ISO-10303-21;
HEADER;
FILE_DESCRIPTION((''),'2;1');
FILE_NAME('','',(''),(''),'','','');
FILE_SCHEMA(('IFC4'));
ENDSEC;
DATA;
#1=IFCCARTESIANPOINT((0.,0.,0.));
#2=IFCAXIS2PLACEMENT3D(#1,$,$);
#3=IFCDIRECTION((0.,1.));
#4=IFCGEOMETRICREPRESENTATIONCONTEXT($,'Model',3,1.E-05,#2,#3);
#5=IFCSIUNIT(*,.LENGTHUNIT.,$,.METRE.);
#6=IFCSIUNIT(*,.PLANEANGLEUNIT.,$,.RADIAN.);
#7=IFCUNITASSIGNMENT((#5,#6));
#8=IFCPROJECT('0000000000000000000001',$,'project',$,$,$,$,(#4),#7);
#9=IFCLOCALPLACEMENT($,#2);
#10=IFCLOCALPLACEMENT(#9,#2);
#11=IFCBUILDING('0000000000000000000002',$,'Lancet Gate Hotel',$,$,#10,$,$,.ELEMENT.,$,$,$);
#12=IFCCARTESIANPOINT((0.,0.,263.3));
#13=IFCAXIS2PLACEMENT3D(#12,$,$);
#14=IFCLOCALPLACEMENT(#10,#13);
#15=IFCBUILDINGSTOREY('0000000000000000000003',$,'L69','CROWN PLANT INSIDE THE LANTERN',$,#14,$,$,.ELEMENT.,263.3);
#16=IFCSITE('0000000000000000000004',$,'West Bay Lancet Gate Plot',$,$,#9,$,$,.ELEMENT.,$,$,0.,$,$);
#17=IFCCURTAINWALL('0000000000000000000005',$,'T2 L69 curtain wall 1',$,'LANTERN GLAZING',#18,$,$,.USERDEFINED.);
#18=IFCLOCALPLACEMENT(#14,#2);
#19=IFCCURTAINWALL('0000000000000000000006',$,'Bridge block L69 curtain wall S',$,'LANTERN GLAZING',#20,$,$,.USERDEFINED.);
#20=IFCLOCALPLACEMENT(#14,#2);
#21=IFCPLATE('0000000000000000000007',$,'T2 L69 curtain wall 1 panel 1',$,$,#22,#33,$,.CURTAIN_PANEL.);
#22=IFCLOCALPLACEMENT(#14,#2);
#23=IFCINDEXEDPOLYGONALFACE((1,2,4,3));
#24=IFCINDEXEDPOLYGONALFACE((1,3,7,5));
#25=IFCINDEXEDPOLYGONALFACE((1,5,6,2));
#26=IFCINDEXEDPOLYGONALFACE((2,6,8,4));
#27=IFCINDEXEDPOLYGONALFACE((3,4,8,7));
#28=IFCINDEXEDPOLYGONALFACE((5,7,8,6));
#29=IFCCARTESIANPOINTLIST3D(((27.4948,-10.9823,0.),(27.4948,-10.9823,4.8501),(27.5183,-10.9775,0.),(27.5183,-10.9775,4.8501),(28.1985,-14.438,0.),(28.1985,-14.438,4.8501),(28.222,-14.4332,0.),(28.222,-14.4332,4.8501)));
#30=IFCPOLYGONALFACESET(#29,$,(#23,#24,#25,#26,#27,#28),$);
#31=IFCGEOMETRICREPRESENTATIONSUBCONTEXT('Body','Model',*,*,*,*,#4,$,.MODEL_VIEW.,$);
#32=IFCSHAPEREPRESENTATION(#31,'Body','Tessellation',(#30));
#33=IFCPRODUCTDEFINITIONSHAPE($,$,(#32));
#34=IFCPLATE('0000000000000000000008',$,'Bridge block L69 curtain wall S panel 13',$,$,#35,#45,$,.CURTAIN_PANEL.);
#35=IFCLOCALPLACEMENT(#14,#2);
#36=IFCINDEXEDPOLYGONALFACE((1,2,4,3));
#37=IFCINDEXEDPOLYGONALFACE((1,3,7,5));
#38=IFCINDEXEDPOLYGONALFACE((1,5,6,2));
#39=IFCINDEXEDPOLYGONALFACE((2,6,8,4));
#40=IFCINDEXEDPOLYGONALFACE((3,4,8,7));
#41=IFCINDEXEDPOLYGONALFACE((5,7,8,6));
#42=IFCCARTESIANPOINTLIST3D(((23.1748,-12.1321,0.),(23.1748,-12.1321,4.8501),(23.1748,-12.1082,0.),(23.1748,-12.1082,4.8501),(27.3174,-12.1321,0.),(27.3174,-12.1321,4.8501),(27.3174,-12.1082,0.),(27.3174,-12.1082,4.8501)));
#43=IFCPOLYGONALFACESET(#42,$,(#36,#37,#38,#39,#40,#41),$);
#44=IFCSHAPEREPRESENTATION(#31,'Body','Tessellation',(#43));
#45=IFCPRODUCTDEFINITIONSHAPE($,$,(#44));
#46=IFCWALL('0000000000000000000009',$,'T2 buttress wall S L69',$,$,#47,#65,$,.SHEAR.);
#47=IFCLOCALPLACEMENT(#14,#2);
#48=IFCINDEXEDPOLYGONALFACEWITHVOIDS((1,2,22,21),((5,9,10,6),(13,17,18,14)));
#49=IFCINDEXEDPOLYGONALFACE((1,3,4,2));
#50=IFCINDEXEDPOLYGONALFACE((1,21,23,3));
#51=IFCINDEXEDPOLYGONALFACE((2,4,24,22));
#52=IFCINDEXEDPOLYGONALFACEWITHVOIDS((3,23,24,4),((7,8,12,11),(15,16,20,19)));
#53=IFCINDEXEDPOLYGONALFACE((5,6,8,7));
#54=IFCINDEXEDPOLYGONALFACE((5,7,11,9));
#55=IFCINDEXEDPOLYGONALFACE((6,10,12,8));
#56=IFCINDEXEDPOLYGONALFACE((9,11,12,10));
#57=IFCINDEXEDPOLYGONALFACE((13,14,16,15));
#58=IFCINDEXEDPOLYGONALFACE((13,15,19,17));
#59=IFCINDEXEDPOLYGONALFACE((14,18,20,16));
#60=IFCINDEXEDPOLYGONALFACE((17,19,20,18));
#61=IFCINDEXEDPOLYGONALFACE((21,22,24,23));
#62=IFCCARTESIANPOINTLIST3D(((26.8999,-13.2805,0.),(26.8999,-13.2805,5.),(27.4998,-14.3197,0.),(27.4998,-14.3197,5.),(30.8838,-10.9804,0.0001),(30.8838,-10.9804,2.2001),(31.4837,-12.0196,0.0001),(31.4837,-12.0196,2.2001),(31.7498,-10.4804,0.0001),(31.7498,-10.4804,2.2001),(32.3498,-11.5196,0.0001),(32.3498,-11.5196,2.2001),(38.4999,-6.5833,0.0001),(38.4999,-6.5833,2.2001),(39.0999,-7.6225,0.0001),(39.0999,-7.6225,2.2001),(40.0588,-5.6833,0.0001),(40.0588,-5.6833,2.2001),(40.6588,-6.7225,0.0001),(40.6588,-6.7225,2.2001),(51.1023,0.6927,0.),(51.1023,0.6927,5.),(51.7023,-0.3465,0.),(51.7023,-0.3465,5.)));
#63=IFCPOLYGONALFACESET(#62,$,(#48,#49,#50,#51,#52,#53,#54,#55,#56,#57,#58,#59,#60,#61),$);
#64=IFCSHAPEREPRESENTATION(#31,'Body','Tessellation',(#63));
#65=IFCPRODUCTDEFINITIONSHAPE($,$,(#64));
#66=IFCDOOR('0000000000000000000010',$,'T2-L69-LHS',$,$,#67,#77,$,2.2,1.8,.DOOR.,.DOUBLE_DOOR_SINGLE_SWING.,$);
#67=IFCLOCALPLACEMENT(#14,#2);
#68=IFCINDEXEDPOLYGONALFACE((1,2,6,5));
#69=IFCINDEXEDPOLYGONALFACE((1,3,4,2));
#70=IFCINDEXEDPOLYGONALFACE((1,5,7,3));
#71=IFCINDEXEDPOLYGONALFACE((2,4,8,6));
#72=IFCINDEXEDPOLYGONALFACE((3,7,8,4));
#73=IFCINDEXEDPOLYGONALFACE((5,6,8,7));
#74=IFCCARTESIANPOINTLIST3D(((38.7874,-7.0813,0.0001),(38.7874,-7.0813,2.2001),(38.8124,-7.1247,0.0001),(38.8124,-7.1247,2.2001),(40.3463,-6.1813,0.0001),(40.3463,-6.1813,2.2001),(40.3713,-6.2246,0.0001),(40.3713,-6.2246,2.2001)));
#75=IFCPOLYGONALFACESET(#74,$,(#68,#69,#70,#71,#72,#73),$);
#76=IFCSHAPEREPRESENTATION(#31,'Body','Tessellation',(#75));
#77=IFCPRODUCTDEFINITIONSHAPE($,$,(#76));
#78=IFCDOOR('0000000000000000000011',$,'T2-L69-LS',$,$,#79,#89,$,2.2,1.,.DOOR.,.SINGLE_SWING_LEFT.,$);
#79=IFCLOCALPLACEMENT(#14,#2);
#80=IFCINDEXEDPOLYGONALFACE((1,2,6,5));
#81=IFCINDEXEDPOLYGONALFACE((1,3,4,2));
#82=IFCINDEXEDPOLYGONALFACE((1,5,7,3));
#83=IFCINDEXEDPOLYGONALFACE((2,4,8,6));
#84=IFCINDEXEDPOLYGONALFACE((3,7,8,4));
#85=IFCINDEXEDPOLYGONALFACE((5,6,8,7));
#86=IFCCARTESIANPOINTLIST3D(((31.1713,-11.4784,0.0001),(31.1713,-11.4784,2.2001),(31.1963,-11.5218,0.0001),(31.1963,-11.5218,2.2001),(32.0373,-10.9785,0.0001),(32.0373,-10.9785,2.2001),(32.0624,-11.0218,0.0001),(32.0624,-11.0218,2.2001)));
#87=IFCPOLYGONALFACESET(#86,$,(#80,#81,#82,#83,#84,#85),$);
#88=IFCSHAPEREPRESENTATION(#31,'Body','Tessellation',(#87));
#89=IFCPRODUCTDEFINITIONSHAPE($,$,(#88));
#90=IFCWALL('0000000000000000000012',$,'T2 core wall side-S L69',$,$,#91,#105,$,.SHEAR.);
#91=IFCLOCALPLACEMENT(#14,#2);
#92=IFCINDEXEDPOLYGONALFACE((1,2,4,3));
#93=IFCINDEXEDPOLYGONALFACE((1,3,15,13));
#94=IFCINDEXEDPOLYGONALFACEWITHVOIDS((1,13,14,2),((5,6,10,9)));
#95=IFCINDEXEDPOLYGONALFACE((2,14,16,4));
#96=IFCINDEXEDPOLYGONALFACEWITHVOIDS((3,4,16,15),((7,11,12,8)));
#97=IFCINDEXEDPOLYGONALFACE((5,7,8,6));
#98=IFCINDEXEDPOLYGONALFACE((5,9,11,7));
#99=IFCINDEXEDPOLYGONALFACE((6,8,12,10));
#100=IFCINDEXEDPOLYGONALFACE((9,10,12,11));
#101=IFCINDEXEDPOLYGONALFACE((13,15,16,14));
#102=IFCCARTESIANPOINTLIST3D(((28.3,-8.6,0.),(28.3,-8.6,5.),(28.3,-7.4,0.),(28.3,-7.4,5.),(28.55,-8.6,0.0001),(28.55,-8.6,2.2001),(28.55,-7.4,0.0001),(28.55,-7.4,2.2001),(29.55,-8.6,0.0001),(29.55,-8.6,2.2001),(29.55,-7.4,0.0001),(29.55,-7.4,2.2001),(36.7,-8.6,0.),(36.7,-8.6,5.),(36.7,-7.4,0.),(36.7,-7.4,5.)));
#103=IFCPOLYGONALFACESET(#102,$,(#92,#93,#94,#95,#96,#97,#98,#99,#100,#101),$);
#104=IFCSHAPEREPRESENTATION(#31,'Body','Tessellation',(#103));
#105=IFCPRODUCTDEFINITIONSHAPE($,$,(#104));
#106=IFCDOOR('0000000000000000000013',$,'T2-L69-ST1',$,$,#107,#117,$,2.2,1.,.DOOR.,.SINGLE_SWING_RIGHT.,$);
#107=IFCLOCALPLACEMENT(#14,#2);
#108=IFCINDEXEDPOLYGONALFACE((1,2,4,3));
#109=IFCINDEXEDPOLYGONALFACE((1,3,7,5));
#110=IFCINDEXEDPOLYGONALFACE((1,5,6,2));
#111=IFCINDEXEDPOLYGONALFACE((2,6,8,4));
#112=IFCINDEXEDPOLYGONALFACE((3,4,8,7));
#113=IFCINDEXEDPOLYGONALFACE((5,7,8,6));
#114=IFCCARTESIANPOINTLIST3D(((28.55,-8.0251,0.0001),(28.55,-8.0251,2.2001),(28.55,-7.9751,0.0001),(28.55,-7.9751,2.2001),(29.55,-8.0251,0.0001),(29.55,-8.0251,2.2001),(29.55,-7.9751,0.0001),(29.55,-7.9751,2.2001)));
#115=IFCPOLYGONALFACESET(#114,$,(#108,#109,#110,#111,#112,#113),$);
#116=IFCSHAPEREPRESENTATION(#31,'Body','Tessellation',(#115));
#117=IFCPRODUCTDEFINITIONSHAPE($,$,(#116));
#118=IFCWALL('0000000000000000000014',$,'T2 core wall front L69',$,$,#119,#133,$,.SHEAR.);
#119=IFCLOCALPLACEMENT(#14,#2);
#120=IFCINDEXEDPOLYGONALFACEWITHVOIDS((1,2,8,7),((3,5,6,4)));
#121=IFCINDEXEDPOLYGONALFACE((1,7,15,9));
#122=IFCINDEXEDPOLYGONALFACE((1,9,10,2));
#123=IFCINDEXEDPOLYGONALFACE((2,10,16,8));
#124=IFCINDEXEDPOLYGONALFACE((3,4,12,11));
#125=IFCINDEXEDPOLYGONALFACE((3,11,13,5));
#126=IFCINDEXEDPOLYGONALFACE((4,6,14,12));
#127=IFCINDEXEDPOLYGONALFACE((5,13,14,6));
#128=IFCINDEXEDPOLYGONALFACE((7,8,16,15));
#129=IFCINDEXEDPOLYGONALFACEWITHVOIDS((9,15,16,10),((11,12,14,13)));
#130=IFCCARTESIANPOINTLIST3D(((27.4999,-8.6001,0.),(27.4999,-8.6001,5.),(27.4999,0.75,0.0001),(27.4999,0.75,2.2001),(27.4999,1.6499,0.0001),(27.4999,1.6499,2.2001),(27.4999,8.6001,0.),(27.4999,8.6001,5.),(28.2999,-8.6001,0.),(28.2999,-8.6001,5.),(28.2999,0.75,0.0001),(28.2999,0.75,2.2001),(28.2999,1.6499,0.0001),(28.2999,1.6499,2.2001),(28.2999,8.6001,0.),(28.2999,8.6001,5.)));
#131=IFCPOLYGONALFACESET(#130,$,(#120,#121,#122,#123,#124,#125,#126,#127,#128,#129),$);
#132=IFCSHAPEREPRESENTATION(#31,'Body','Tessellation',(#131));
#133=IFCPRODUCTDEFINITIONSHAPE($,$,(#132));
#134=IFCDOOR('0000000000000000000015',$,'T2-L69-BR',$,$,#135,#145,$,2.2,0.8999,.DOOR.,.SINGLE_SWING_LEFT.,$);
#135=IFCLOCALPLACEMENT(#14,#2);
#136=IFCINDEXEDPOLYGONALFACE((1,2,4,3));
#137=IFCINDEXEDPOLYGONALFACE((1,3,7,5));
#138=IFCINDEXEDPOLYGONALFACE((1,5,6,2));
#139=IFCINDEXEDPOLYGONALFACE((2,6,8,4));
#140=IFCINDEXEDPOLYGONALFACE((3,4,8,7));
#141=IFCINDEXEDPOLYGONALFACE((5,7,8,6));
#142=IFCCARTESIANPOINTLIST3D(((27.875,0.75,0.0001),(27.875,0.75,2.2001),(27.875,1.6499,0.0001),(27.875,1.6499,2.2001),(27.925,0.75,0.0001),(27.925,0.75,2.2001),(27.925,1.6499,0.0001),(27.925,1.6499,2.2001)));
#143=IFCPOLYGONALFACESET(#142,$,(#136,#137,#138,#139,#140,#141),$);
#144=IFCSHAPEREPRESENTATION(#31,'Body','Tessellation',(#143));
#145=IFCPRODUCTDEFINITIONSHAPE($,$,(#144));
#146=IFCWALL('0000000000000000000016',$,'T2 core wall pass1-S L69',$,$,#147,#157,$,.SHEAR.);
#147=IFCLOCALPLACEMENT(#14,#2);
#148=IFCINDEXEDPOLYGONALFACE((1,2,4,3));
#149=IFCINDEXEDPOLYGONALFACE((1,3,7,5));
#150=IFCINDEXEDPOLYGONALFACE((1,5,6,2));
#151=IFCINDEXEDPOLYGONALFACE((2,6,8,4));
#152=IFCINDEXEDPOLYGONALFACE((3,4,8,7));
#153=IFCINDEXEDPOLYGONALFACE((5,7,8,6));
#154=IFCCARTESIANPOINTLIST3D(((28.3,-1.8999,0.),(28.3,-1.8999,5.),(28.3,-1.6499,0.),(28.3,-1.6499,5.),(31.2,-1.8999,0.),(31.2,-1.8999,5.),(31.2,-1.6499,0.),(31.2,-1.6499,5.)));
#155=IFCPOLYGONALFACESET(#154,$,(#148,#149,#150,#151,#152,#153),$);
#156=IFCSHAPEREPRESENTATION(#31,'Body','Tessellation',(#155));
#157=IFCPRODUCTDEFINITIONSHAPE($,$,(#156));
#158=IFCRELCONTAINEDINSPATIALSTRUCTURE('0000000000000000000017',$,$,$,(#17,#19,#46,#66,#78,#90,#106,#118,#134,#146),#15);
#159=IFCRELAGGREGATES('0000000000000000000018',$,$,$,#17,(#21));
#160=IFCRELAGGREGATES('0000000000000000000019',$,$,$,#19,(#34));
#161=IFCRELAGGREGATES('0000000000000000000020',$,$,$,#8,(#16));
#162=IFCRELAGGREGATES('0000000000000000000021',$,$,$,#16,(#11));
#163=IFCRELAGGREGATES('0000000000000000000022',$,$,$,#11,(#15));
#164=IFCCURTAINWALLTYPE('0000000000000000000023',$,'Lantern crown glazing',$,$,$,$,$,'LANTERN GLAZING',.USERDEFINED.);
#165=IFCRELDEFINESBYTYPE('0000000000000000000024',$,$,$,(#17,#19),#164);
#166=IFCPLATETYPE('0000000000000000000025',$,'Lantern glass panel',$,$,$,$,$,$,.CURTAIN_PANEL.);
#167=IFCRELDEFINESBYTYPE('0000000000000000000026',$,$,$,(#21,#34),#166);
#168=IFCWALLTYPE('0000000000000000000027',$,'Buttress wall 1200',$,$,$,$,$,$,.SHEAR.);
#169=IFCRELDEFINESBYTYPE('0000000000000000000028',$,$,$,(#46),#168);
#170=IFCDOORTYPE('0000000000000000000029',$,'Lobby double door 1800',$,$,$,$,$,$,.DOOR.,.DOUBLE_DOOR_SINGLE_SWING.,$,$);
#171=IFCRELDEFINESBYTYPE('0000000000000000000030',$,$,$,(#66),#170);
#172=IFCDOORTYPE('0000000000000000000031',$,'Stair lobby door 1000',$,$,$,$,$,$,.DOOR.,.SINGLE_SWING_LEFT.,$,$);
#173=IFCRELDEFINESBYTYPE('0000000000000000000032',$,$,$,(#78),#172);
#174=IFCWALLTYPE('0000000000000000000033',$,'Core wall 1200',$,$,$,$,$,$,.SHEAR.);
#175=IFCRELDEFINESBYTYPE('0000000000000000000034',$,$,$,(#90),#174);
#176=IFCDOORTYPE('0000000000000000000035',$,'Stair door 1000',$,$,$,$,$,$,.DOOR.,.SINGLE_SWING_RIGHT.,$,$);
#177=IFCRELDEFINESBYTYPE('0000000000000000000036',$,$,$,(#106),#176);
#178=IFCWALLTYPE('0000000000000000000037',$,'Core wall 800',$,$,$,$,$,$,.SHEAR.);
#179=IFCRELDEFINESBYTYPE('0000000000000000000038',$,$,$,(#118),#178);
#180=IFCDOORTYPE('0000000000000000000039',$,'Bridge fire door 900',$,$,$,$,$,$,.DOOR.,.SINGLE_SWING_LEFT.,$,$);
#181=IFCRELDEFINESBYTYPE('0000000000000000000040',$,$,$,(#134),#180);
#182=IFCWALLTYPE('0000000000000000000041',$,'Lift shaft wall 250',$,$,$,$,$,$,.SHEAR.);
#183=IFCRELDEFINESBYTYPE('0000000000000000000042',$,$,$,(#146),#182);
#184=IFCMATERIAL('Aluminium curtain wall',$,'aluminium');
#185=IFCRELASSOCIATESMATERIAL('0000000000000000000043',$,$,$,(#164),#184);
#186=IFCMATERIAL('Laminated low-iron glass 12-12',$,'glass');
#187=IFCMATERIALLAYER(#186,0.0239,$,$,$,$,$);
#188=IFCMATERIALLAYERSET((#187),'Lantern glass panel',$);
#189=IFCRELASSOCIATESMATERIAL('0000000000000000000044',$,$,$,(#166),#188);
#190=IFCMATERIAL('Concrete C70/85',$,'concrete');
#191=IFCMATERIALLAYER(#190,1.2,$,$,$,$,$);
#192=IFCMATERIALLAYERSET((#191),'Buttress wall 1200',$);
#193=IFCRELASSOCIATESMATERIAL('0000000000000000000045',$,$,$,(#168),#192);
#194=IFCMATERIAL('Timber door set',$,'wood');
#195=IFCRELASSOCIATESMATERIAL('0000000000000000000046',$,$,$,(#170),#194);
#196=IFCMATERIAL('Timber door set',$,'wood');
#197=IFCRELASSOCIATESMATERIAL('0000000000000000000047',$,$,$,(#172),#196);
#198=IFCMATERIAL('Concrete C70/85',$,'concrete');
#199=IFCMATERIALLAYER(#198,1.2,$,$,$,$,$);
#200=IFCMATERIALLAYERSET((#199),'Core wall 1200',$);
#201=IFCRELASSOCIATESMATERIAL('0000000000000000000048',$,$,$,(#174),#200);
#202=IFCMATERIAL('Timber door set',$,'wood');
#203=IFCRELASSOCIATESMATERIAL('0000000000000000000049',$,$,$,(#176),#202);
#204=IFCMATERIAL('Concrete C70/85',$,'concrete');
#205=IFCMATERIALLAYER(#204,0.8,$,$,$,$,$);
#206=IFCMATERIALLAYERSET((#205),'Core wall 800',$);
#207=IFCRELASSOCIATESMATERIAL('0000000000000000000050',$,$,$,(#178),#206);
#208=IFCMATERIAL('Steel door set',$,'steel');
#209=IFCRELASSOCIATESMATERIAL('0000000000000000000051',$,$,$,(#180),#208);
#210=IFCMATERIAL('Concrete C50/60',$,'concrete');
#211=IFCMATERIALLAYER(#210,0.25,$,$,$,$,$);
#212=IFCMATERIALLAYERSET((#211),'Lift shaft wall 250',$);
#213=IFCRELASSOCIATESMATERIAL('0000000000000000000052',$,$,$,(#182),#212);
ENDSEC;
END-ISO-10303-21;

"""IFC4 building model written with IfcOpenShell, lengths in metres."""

from ifc_helpers import new_model, si_unit, direction, frame, frame_2d, origin, origin_2d, place, context, subcontext, project, spatial, rectangle, extrude, material, layer, layer_set, type_object, element, fill, aggregate, save


model = new_model("IFC4")

# Units and contexts
model_context = context("Model", 3, precision=1e-05, world=origin(), true_north=direction((0.0, 1.0)))
body_context = subcontext(model_context, "Body", "Model", "MODEL_VIEW")
ifc_project = project(units=[si_unit("LENGTHUNIT", "METRE"), si_unit("PLANEANGLEUNIT", "RADIAN")], contexts=[model_context])

# Site, building, storey
site_placement = place(None, origin())
site = spatial("IfcSite", under=ifc_project, at=site_placement, Name="West Bay Lancet Gate Plot", CompositionType="ELEMENT", RefElevation=0.0)
building_placement = place(site_placement, origin())
building = spatial("IfcBuilding", under=site, at=building_placement, Name="Lancet Gate Hotel", CompositionType="ELEMENT")
storey_placement = place(building_placement, frame((0.0, 0.0, 263.3)))
storey = spatial("IfcBuildingStorey", under=building, at=storey_placement, Name="L69", Description="CROWN PLANT INSIDE THE LANTERN", CompositionType="ELEMENT", Elevation=263.3)

# Curtain wall
ifc_material_1 = material(Name="Aluminium curtain wall", Category="aluminium")
curtain_wall_type = type_object("IfcCurtainWallType", Name="Lantern crown glazing", ElementType="LANTERN GLAZING", PredefinedType="USERDEFINED", material=ifc_material_1)
curtain_wall_1_placement = place(storey_placement, origin())
curtain_wall_1 = element("IfcCurtainWall", 1, at=curtain_wall_1_placement, inside=storey, type_object=curtain_wall_type, Name="T2 L69 curtain wall 1", ObjectType="LANTERN GLAZING", PredefinedType="USERDEFINED")

# Curtain wall
curtain_wall_2_placement = place(storey_placement, origin())
curtain_wall_2 = element("IfcCurtainWall", 2, at=curtain_wall_2_placement, inside=storey, type_object=curtain_wall_type, Name="Bridge block L69 curtain wall S", ObjectType="LANTERN GLAZING", PredefinedType="USERDEFINED")

# Plates
ifc_material_2 = material(Name="Laminated low-iron glass 12-12", Category="glass")
ifc_layer_1 = layer(ifc_material_2, 0.0239)
ifc_layer_set_1 = layer_set([ifc_layer_1], Name="Lantern glass panel")
plate_type = type_object("IfcPlateType", Name="Lantern glass panel", PredefinedType="CURTAIN_PANEL", material=ifc_layer_set_1)
plate_1_placement = place(storey_placement, frame((27.8584, -12.7078, 0.0), z_axis=(0.0, 0.0, 1.0), x_axis=(0.199533, -0.979891, 0.0)))
plate_1 = element("IfcPlate", 3, at=plate_1_placement, type_object=plate_type, Name="T2 L69 curtain wall 1 panel 1", PredefinedType="CURTAIN_PANEL", context=body_context, shape_type="SweptSolid", body=[
    extrude(rectangle(XDim=3.5266, YDim=0.0239, at=origin_2d()), origin(), (0.0, 0.0, 1.0), 4.8501),
])
aggregate(curtain_wall_1, [plate_1])
plate_2_placement = place(storey_placement, frame((25.2461, -12.1201, 0.0), z_axis=(0.0, 0.0, 1.0), x_axis=(1.0, 0.0, 0.0)))
plate_2 = element("IfcPlate", 4, at=plate_2_placement, type_object=plate_type, Name="Bridge block L69 curtain wall S panel 13", PredefinedType="CURTAIN_PANEL", context=body_context, shape_type="SweptSolid", body=[
    extrude(rectangle(XDim=4.1426, YDim=0.0239, at=origin_2d()), origin(), (0.0, 0.0, 1.0), 4.8501),
])
aggregate(curtain_wall_2, [plate_2])

# Wall, openings, doors
ifc_material_3 = material(Name="Concrete C70/85", Category="concrete")
ifc_layer_2 = layer(ifc_material_3, 1.2)
ifc_layer_set_2 = layer_set([ifc_layer_2], Name="Buttress wall 1200")
wall_type_1 = type_object("IfcWallType", Name="Buttress wall 1200", PredefinedType="SHEAR", material=ifc_layer_set_2)
wall_1_placement = place(storey_placement, frame((27.2, -13.8, 0.0), z_axis=(0.0, 0.0, 1.0), x_axis=(0.866027, 0.499997, 0.0)))
wall_1 = element("IfcWall", 5, at=wall_1_placement, inside=storey, type_object=wall_type_1, Name="T2 buttress wall S L69", PredefinedType="SHEAR", context=body_context, shape_type="SweptSolid", body=[
    extrude(rectangle(XDim=27.9465, YDim=1.2, at=frame_2d((13.9731, 0.0))), origin(), (0.0, 0.0, 1.0), 5.0),
])
opening_1_placement = place(wall_1_placement, frame((4.6001, 0.0, 0.0)))
opening_1 = element("IfcOpeningElement", 6, at=opening_1_placement, cuts=wall_1, PredefinedType="OPENING", context=body_context, shape_type="SweptSolid", body=[
    extrude(rectangle(XDim=1.0, YDim=2.2, at=frame_2d((0.5, 1.1001))), frame((0.0, 0.6099, 0.0), z_axis=(0.0, -1.0, 0.0), x_axis=(1.0, 0.0, 0.0)), (0.0, 0.0, 1.0), 1.22),
])
opening_2_placement = place(wall_1_placement, frame((13.3945, 0.0, 0.0)))
opening_2 = element("IfcOpeningElement", 7, at=opening_2_placement, cuts=wall_1, PredefinedType="OPENING", context=body_context, shape_type="SweptSolid", body=[
    extrude(rectangle(XDim=1.8, YDim=2.2, at=frame_2d((0.8999, 1.1001))), frame((0.0, 0.6099, 0.0), z_axis=(0.0, -1.0, 0.0), x_axis=(1.0, 0.0, 0.0)), (0.0, 0.0, 1.0), 1.22),
])
ifc_material_4 = material(Name="Timber door set", Category="wood")
door_type_1 = type_object("IfcDoorType", Name="Lobby double door 1800", OperationType="DOUBLE_DOOR_SINGLE_SWING", PredefinedType="DOOR", material=ifc_material_4)
door_1_placement = place(opening_2_placement, origin())
door_1 = element("IfcDoor", 8, at=door_1_placement, inside=storey, type_object=door_type_1, Name="T2-L69-LHS", OperationType="DOUBLE_DOOR_SINGLE_SWING", OverallHeight=2.2, OverallWidth=1.8, PredefinedType="DOOR", context=body_context, shape_type="SweptSolid", body=[
    extrude(rectangle(XDim=1.8, YDim=2.2, at=frame_2d((0.8999, 1.1001))), frame((0.0, 0.0249, 0.0), z_axis=(0.0, -1.0, 0.0), x_axis=(1.0, 0.0, 0.0)), (0.0, 0.0, 1.0), 0.05),
])
fill(opening_2, door_1)
ifc_material_5 = material(Name="Timber door set", Category="wood")
door_type_2 = type_object("IfcDoorType", Name="Stair lobby door 1000", OperationType="SINGLE_SWING_LEFT", PredefinedType="DOOR", material=ifc_material_5)
door_2_placement = place(opening_1_placement, origin())
door_2 = element("IfcDoor", 9, at=door_2_placement, inside=storey, type_object=door_type_2, Name="T2-L69-LS", OperationType="SINGLE_SWING_LEFT", OverallHeight=2.2, OverallWidth=1.0, PredefinedType="DOOR", context=body_context, shape_type="SweptSolid", body=[
    extrude(rectangle(XDim=1.0, YDim=2.2, at=frame_2d((0.5, 1.1001))), frame((0.0, 0.0249, 0.0), z_axis=(0.0, -1.0, 0.0), x_axis=(1.0, 0.0, 0.0)), (0.0, 0.0, 1.0), 0.05),
])
fill(opening_1, door_2)

# Walls, openings, doors
ifc_material_6 = material(Name="Concrete C70/85", Category="concrete")
ifc_layer_3 = layer(ifc_material_6, 1.2)
ifc_layer_set_3 = layer_set([ifc_layer_3], Name="Core wall 1200")
wall_type_2 = type_object("IfcWallType", Name="Core wall 1200", PredefinedType="SHEAR", material=ifc_layer_set_3)
wall_2_placement = place(storey_placement, frame((28.3, -8.0, 0.0), z_axis=(0.0, 0.0, 1.0), x_axis=(1.0, 0.0, 0.0)))
wall_2 = element("IfcWall", 10, at=wall_2_placement, inside=storey, type_object=wall_type_2, Name="T2 core wall side-S L69", PredefinedType="SHEAR", context=body_context, shape_type="SweptSolid", body=[
    extrude(rectangle(XDim=8.3999, YDim=1.2, at=frame_2d((4.2, 0.0))), origin(), (0.0, 0.0, 1.0), 5.0),
])
opening_3_placement = place(wall_2_placement, frame((0.25, 0.0, 0.0)))
opening_3 = element("IfcOpeningElement", 11, at=opening_3_placement, cuts=wall_2, PredefinedType="OPENING", context=body_context, shape_type="SweptSolid", body=[
    extrude(rectangle(XDim=1.0, YDim=2.2, at=frame_2d((0.5, 1.1001))), frame((0.0, 0.6099, 0.0), z_axis=(0.0, -1.0, 0.0), x_axis=(1.0, 0.0, 0.0)), (0.0, 0.0, 1.0), 1.22),
])
ifc_material_7 = material(Name="Timber door set", Category="wood")
door_type_3 = type_object("IfcDoorType", Name="Stair door 1000", OperationType="SINGLE_SWING_RIGHT", PredefinedType="DOOR", material=ifc_material_7)
door_3_placement = place(opening_3_placement, origin())
door_3 = element("IfcDoor", 12, at=door_3_placement, inside=storey, type_object=door_type_3, Name="T2-L69-ST1", OperationType="SINGLE_SWING_RIGHT", OverallHeight=2.2, OverallWidth=1.0, PredefinedType="DOOR", context=body_context, shape_type="SweptSolid", body=[
    extrude(rectangle(XDim=1.0, YDim=2.2, at=frame_2d((0.5, 1.1001))), frame((0.0, 0.0249, 0.0), z_axis=(0.0, -1.0, 0.0), x_axis=(1.0, 0.0, 0.0)), (0.0, 0.0, 1.0), 0.05),
])
fill(opening_3, door_3)
ifc_material_8 = material(Name="Concrete C70/85", Category="concrete")
ifc_layer_4 = layer(ifc_material_8, 0.8)
ifc_layer_set_4 = layer_set([ifc_layer_4], Name="Core wall 800")
wall_type_3 = type_object("IfcWallType", Name="Core wall 800", PredefinedType="SHEAR", material=ifc_layer_set_4)
wall_3_placement = place(storey_placement, frame((27.8999, -8.6001, 0.0), z_axis=(0.0, 0.0, 1.0), x_axis=(0.0, 1.0, 0.0)))
wall_3 = element("IfcWall", 13, at=wall_3_placement, inside=storey, type_object=wall_type_3, Name="T2 core wall front L69", PredefinedType="SHEAR", context=body_context, shape_type="SweptSolid", body=[
    extrude(rectangle(XDim=17.2002, YDim=0.8, at=frame_2d((8.6001, 0.0))), origin(), (0.0, 0.0, 1.0), 5.0),
])
opening_4_placement = place(wall_3_placement, frame((9.3501, 0.0, 0.0)))
opening_4 = element("IfcOpeningElement", 14, at=opening_4_placement, cuts=wall_3, PredefinedType="OPENING", context=body_context, shape_type="SweptSolid", body=[
    extrude(rectangle(XDim=0.8999, YDim=2.2, at=frame_2d((0.45, 1.1001))), frame((0.0, 0.4099, 0.0), z_axis=(0.0, -1.0, 0.0), x_axis=(1.0, 0.0, 0.0)), (0.0, 0.0, 1.0), 0.8201),
])
ifc_material_9 = material(Name="Steel door set", Category="steel")
door_type_4 = type_object("IfcDoorType", Name="Bridge fire door 900", OperationType="SINGLE_SWING_LEFT", PredefinedType="DOOR", material=ifc_material_9)
door_4_placement = place(opening_4_placement, origin())
door_4 = element("IfcDoor", 15, at=door_4_placement, inside=storey, type_object=door_type_4, Name="T2-L69-BR", OperationType="SINGLE_SWING_LEFT", OverallHeight=2.2, OverallWidth=0.8999, PredefinedType="DOOR", context=body_context, shape_type="SweptSolid", body=[
    extrude(rectangle(XDim=0.8999, YDim=2.2, at=frame_2d((0.45, 1.1001))), frame((0.0, 0.0249, 0.0), z_axis=(0.0, -1.0, 0.0), x_axis=(1.0, 0.0, 0.0)), (0.0, 0.0, 1.0), 0.05),
])
fill(opening_4, door_4)

# Wall
ifc_material_10 = material(Name="Concrete C50/60", Category="concrete")
ifc_layer_5 = layer(ifc_material_10, 0.25)
ifc_layer_set_5 = layer_set([ifc_layer_5], Name="Lift shaft wall 250")
wall_type_4 = type_object("IfcWallType", Name="Lift shaft wall 250", PredefinedType="SHEAR", material=ifc_layer_set_5)
wall_4_placement = place(storey_placement, frame((28.3, -1.7749, 0.0), z_axis=(0.0, 0.0, 1.0), x_axis=(1.0, 0.0, 0.0)))
element("IfcWall", 16, at=wall_4_placement, inside=storey, type_object=wall_type_4, Name="T2 core wall pass1-S L69", PredefinedType="SHEAR", context=body_context, shape_type="SweptSolid", body=[
    extrude(rectangle(XDim=2.8999, YDim=0.25, at=frame_2d((1.45, 0.0))), origin(), (0.0, 0.0, 1.0), 5.0),
])

save(model, "model.ifc")
